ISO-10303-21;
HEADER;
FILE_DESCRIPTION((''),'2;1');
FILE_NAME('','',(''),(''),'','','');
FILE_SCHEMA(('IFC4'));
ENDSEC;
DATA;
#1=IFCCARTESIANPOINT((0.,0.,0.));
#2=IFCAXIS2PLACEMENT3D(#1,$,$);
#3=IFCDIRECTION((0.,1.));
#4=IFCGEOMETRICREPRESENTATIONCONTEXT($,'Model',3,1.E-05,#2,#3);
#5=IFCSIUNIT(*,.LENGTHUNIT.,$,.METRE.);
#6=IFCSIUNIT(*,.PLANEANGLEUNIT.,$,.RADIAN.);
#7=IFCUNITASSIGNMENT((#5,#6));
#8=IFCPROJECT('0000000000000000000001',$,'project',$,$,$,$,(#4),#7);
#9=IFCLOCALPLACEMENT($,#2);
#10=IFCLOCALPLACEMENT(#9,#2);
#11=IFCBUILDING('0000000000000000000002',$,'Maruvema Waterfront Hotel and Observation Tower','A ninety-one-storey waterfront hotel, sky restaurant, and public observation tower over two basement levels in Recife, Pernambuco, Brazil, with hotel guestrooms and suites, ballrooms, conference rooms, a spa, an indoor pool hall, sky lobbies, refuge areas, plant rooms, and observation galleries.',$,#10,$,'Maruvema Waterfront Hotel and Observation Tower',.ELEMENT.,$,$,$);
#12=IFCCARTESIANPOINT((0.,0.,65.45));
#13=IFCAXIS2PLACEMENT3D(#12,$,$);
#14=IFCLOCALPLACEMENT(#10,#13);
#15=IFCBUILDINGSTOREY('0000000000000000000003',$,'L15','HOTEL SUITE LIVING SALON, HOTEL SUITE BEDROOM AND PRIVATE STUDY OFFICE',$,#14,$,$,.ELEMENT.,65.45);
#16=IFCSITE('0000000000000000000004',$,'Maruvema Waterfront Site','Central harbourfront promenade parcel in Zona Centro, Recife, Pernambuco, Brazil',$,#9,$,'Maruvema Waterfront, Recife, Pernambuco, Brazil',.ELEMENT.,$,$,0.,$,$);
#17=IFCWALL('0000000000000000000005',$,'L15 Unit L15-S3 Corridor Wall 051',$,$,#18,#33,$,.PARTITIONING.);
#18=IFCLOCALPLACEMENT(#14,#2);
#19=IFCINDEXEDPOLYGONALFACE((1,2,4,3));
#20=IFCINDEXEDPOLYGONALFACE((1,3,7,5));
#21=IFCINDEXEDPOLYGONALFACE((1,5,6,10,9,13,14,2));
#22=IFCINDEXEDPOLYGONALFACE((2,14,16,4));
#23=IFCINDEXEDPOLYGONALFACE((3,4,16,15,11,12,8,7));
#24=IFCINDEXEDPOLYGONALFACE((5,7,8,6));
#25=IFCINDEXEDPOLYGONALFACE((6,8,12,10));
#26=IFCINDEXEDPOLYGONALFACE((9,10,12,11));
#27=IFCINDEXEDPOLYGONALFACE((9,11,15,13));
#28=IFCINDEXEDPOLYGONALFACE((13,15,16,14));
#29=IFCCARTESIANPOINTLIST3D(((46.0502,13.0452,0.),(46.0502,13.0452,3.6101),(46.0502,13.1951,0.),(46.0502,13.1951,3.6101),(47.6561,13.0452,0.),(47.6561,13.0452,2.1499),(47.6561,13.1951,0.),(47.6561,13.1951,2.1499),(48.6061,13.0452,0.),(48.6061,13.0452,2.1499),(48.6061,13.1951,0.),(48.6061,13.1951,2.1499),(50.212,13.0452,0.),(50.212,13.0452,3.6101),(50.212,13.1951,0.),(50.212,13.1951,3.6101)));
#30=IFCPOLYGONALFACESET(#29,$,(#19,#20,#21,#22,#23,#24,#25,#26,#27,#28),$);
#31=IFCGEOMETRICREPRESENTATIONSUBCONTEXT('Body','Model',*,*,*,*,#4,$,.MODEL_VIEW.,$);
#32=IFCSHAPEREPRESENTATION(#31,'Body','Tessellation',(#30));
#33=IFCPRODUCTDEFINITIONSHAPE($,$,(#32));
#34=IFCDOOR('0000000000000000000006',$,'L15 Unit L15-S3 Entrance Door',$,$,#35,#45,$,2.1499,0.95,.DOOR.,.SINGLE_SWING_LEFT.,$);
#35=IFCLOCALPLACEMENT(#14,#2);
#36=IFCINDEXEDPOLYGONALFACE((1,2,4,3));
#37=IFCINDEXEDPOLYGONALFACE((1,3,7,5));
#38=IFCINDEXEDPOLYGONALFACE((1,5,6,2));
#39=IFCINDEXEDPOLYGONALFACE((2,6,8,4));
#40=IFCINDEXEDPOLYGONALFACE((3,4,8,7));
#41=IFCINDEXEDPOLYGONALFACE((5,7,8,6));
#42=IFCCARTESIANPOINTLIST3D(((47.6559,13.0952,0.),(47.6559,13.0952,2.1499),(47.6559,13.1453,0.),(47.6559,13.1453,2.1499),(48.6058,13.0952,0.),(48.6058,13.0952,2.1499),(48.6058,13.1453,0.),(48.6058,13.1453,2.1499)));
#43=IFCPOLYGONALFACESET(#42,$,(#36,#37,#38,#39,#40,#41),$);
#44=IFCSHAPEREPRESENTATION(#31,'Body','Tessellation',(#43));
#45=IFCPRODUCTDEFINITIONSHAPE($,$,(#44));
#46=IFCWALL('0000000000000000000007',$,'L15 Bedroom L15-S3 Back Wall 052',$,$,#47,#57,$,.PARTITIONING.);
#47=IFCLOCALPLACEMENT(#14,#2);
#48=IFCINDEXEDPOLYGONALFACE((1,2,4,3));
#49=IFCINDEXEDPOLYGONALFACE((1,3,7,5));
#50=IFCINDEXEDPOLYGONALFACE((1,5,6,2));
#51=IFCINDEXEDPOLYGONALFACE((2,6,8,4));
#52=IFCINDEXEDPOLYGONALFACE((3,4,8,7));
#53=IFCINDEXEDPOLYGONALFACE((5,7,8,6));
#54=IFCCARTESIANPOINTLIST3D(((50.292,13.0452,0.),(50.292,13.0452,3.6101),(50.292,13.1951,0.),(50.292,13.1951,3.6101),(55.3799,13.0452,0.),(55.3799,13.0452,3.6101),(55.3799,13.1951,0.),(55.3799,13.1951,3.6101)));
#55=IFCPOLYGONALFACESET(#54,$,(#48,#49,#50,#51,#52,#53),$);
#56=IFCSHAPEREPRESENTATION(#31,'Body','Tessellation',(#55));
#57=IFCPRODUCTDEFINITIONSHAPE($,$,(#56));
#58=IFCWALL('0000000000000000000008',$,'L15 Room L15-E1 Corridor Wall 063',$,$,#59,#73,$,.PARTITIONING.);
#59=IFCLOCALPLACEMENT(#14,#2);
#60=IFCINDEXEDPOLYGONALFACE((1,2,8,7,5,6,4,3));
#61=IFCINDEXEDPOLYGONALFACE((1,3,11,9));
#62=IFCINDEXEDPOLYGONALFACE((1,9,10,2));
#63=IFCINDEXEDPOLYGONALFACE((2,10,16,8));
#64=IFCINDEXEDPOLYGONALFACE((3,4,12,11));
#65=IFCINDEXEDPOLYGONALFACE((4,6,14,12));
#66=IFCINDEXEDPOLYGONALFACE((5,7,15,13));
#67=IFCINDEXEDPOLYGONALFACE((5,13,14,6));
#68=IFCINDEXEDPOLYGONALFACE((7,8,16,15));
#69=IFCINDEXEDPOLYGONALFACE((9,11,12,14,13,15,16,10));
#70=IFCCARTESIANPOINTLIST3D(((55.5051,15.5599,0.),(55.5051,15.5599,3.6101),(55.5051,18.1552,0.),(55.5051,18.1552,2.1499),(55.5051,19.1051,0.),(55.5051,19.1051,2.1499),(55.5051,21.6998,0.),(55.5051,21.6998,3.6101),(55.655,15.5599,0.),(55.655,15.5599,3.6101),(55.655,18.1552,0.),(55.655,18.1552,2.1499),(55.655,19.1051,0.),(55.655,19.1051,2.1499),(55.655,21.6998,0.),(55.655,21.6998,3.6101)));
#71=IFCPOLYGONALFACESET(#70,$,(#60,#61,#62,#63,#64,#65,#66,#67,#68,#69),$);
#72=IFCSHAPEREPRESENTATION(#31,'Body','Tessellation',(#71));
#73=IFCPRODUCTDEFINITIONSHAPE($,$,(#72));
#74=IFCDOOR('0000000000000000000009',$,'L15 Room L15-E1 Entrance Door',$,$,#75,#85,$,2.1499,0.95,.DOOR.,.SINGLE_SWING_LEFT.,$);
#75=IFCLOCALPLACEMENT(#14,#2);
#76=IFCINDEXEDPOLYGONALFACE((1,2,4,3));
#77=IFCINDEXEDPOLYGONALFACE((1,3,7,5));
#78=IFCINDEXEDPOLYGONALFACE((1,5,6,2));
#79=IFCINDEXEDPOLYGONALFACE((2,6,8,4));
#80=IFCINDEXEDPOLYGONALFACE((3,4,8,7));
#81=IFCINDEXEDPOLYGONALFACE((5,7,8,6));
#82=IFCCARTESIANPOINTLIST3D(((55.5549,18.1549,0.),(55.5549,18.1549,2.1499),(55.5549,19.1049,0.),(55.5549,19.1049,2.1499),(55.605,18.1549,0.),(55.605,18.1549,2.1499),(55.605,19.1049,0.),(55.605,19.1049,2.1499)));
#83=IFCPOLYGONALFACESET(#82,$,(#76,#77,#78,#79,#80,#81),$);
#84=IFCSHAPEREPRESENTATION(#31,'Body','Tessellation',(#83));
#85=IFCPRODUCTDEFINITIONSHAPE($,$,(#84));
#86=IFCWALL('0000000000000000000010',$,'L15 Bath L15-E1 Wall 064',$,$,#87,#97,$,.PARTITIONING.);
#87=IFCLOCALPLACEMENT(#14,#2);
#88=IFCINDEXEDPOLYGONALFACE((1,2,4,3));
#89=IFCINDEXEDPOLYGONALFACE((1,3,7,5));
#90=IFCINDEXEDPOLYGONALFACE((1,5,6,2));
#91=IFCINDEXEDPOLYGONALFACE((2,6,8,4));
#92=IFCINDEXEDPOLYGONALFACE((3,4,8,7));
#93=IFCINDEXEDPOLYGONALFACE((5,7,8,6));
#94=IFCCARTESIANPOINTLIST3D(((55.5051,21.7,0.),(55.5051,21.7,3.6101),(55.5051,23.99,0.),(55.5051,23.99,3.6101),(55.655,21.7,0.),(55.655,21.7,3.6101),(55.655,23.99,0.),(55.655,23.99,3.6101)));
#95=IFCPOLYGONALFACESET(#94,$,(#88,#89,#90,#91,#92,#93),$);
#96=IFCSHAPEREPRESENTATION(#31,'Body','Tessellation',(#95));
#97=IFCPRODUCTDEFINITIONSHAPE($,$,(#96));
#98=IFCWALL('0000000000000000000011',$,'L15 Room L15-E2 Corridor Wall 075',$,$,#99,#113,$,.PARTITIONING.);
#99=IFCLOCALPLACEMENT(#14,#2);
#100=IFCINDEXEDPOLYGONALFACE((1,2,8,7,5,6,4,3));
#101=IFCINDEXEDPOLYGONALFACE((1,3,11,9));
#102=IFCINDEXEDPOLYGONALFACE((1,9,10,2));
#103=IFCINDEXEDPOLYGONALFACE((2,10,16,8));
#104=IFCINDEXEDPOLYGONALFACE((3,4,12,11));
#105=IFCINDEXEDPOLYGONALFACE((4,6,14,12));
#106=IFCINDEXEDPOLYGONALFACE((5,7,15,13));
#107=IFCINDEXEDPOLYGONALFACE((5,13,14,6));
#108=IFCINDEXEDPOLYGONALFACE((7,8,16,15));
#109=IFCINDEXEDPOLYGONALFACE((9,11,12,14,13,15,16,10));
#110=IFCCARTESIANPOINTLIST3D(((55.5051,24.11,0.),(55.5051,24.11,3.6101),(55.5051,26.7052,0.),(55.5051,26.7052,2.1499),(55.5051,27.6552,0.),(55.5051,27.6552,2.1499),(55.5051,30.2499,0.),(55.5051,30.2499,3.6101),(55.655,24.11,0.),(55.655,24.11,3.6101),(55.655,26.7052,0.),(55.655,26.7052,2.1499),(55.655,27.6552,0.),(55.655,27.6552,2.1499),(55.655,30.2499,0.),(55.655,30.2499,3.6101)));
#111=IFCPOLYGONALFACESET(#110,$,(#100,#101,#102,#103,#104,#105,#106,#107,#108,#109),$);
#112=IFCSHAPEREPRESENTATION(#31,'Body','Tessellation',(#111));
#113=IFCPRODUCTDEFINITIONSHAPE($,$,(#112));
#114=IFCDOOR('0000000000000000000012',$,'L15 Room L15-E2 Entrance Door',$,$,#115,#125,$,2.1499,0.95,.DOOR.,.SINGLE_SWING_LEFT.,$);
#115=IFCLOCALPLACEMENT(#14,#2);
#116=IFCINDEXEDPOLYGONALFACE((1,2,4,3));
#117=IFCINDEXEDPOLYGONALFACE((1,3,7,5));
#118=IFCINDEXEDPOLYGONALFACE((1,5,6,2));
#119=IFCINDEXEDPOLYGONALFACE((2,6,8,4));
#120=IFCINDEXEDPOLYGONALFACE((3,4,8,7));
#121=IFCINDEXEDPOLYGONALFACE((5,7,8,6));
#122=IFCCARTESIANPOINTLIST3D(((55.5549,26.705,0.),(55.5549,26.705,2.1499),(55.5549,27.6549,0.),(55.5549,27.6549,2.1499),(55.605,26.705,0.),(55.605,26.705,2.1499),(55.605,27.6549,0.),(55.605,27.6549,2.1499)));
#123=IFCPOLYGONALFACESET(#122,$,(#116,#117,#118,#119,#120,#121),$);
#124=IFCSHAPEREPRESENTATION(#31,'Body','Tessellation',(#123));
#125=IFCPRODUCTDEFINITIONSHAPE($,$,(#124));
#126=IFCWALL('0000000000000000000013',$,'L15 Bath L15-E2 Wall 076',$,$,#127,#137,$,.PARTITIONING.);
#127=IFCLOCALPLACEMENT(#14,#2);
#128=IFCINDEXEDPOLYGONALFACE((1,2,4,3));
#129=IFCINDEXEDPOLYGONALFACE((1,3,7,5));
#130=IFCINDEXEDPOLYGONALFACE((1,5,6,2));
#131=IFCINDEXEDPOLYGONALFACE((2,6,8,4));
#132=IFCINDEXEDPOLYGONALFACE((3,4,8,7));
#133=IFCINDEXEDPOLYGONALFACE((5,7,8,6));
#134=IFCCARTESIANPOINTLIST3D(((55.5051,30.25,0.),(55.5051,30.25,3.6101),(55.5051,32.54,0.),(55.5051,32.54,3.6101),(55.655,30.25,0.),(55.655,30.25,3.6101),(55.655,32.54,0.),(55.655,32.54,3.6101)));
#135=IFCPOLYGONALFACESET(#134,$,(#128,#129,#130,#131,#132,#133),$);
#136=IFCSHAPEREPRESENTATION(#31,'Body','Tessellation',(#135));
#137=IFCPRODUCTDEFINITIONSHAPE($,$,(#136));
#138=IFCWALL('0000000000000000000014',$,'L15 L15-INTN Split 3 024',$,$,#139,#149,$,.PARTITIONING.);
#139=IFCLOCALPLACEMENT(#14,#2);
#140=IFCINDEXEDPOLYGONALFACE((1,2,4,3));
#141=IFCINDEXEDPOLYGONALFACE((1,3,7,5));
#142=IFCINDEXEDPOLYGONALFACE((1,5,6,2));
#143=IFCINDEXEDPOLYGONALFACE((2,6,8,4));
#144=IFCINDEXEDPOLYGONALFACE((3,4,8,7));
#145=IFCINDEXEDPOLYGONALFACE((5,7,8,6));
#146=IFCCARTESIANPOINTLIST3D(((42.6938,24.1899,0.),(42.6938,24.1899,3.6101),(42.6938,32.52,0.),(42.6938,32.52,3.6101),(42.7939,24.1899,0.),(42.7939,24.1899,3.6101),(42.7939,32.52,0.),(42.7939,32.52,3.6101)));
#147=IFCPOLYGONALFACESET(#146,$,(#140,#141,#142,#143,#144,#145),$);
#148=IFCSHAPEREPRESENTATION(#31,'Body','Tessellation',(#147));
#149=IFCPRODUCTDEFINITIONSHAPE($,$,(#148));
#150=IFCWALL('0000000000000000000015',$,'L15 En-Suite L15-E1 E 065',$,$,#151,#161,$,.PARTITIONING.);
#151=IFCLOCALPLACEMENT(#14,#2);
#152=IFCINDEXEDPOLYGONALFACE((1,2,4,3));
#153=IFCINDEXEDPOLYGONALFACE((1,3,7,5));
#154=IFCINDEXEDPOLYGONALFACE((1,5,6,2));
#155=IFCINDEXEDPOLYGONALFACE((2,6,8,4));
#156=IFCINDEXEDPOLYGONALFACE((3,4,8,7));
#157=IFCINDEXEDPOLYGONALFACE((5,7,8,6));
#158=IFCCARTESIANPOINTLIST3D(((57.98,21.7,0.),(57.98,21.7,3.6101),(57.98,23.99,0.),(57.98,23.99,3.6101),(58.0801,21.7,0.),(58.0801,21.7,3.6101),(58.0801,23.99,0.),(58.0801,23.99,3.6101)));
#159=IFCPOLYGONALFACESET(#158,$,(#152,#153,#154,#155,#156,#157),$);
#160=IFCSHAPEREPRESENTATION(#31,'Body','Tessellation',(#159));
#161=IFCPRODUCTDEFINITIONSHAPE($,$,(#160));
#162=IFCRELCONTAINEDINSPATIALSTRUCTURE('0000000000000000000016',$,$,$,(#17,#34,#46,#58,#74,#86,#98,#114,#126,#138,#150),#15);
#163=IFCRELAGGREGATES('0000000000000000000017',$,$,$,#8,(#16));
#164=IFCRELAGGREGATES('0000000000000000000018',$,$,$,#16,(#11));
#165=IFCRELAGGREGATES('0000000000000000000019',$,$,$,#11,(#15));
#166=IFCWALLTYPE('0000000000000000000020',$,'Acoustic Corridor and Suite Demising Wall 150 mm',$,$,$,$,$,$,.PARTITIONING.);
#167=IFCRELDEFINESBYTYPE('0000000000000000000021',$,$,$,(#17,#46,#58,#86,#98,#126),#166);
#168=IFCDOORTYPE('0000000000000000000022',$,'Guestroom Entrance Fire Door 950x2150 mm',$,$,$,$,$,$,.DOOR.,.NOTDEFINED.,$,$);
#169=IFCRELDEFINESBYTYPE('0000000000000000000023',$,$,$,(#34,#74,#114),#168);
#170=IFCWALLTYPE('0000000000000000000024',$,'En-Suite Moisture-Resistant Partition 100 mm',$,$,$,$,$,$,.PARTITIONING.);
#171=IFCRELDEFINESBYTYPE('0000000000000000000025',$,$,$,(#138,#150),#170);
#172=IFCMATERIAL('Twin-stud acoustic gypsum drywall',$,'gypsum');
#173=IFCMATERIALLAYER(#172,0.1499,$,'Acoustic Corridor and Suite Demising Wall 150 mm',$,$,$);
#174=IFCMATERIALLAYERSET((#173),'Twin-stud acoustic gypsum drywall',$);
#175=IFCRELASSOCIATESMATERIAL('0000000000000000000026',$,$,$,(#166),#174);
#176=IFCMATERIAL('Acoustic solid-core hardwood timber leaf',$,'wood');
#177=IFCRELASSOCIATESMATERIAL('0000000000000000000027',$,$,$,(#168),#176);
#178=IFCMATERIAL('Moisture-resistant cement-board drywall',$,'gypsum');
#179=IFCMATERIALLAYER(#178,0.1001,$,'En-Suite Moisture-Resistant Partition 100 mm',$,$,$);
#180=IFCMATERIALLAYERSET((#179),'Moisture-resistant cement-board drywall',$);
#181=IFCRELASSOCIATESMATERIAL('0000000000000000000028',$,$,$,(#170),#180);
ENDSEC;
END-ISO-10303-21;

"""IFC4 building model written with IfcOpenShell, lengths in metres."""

from ifc_helpers import new_model, si_unit, direction, frame, frame_2d, origin, place, context, subcontext, project, spatial, rectangle, extrude, material, layer, layer_set, type_object, element, fill, save


model = new_model("IFC4")

# Units and contexts
model_context = context("Model", 3, precision=1e-05, world=origin(), true_north=direction((0.0, 1.0)))
body_context = subcontext(model_context, "Body", "Model", "MODEL_VIEW")
ifc_project = project(units=[si_unit("LENGTHUNIT", "METRE"), si_unit("PLANEANGLEUNIT", "RADIAN")], contexts=[model_context])

# Site, building, storey
site_placement = place(None, origin())
site = spatial("IfcSite", under=ifc_project, at=site_placement, Name="Maruvema Waterfront Site", Description="Central harbourfront promenade parcel in Zona Centro, Recife, Pernambuco, Brazil", LongName="Maruvema Waterfront, Recife, Pernambuco, Brazil", CompositionType="ELEMENT", RefElevation=0.0)
building_placement = place(site_placement, origin())
building = spatial("IfcBuilding", under=site, at=building_placement, Name="Maruvema Waterfront Hotel and Observation Tower", Description="A ninety-one-storey waterfront hotel, sky restaurant, and public observation tower over two basement levels in Recife, Pernambuco, Brazil, with hotel guestrooms and suites, ballrooms, conference rooms, a spa, an indoor pool hall, sky lobbies, refuge areas, plant rooms, and observation galleries.", LongName="Maruvema Waterfront Hotel and Observation Tower", CompositionType="ELEMENT")
storey_placement = place(building_placement, frame((0.0, 0.0, 65.45)))
storey = spatial("IfcBuildingStorey", under=building, at=storey_placement, Name="L15", Description="HOTEL SUITE LIVING SALON, HOTEL SUITE BEDROOM AND PRIVATE STUDY OFFICE", CompositionType="ELEMENT", Elevation=65.45)

# Shared definitions
ifc_material_1 = material(Name="Twin-stud acoustic gypsum drywall", Category="gypsum")
ifc_layer_1 = layer(ifc_material_1, 0.1499, Name="Acoustic Corridor and Suite Demising Wall 150 mm")
ifc_layer_set_1 = layer_set([ifc_layer_1], Name="Twin-stud acoustic gypsum drywall")
wall_type_1 = type_object("IfcWallType", Name="Acoustic Corridor and Suite Demising Wall 150 mm", PredefinedType="PARTITIONING", material=ifc_layer_set_1)

# Wall, opening, door
wall_1_placement = place(storey_placement, frame((46.05, 13.1201, 0.0), z_axis=(0.0, 0.0, 1.0), x_axis=(1.0, 0.0, 0.0)))
wall_1 = element("IfcWall", 1, at=wall_1_placement, inside=storey, type_object=wall_type_1, Name="L15 Unit L15-S3 Corridor Wall 051", PredefinedType="PARTITIONING", context=body_context, shape_type="SweptSolid", body=[
    extrude(rectangle(XDim=4.1619, YDim=0.1499, at=frame_2d((2.0811, 0.0))), origin(), (0.0, 0.0, 1.0), 3.6101),
])
opening_1_placement = place(wall_1_placement, frame((1.606, 0.0, 0.0)))
opening_1 = element("IfcOpeningElement", 2, at=opening_1_placement, cuts=wall_1, PredefinedType="OPENING", context=body_context, shape_type="SweptSolid", body=[
    extrude(rectangle(XDim=0.95, YDim=2.1499, at=frame_2d((0.4751, 1.075))), frame((0.0, 0.085, 0.0), z_axis=(0.0, -1.0, 0.0), x_axis=(1.0, 0.0, 0.0)), (0.0, 0.0, 1.0), 0.1699),
])
ifc_material_2 = material(Name="Acoustic solid-core hardwood timber leaf", Category="wood")
door_type_1 = type_object("IfcDoorType", Name="Guestroom Entrance Fire Door 950x2150 mm", OperationType="NOTDEFINED", PredefinedType="DOOR", material=ifc_material_2)
door_1_placement = place(opening_1_placement, frame((0.95, 0.0, 0.0), z_axis=(0.0, 0.0, 1.0), x_axis=(-1.0, 0.0, 0.0)))
door_1 = element("IfcDoor", 3, at=door_1_placement, inside=storey, type_object=door_type_1, Name="L15 Unit L15-S3 Entrance Door", OperationType="SINGLE_SWING_LEFT", OverallHeight=2.1499, OverallWidth=0.95, PredefinedType="DOOR", context=body_context, shape_type="SweptSolid", body=[
    extrude(rectangle(XDim=0.95, YDim=2.1499, at=frame_2d((0.4751, 1.075))), frame((0.0, 0.0249, 0.0), z_axis=(0.0, -1.0, 0.0), x_axis=(1.0, 0.0, 0.0)), (0.0, 0.0, 1.0), 0.05),
])
fill(opening_1, door_1)

# Wall
wall_2_placement = place(storey_placement, frame((50.292, 13.1201, 0.0), z_axis=(0.0, 0.0, 1.0), x_axis=(1.0, 0.0, 0.0)))
element("IfcWall", 4, at=wall_2_placement, inside=storey, type_object=wall_type_1, Name="L15 Bedroom L15-S3 Back Wall 052", PredefinedType="PARTITIONING", context=body_context, shape_type="SweptSolid", body=[
    extrude(rectangle(XDim=5.0879, YDim=0.1499, at=frame_2d((2.5439, 0.0))), origin(), (0.0, 0.0, 1.0), 3.6101),
])

# Wall, opening, door
wall_3_placement = place(storey_placement, frame((55.5801, 15.5601, 0.0), z_axis=(0.0, 0.0, 1.0), x_axis=(0.0, 1.0, 0.0)))
wall_3 = element("IfcWall", 5, at=wall_3_placement, inside=storey, type_object=wall_type_1, Name="L15 Room L15-E1 Corridor Wall 063", PredefinedType="PARTITIONING", context=body_context, shape_type="SweptSolid", body=[
    extrude(rectangle(XDim=6.1399, YDim=0.1499, at=frame_2d((3.0698, 0.0))), origin(), (0.0, 0.0, 1.0), 3.6101),
])
opening_2_placement = place(wall_3_placement, frame((2.595, 0.0, 0.0)))
opening_2 = element("IfcOpeningElement", 6, at=opening_2_placement, cuts=wall_3, PredefinedType="OPENING", context=body_context, shape_type="SweptSolid", body=[
    extrude(rectangle(XDim=0.95, YDim=2.1499, at=frame_2d((0.4751, 1.075))), frame((0.0, 0.085, 0.0), z_axis=(0.0, -1.0, 0.0), x_axis=(1.0, 0.0, 0.0)), (0.0, 0.0, 1.0), 0.1699),
])
door_2_placement = place(opening_2_placement, frame((0.95, 0.0, 0.0), z_axis=(0.0, 0.0, 1.0), x_axis=(-1.0, 0.0, 0.0)))
door_2 = element("IfcDoor", 7, at=door_2_placement, inside=storey, type_object=door_type_1, Name="L15 Room L15-E1 Entrance Door", OperationType="SINGLE_SWING_LEFT", OverallHeight=2.1499, OverallWidth=0.95, PredefinedType="DOOR", context=body_context, shape_type="SweptSolid", body=[
    extrude(rectangle(XDim=0.95, YDim=2.1499, at=frame_2d((0.4751, 1.075))), frame((0.0, 0.0249, 0.0), z_axis=(0.0, -1.0, 0.0), x_axis=(1.0, 0.0, 0.0)), (0.0, 0.0, 1.0), 0.05),
])
fill(opening_2, door_2)

# Wall
wall_4_placement = place(storey_placement, frame((55.5801, 21.7, 0.0), z_axis=(0.0, 0.0, 1.0), x_axis=(0.0, 1.0, 0.0)))
element("IfcWall", 8, at=wall_4_placement, inside=storey, type_object=wall_type_1, Name="L15 Bath L15-E1 Wall 064", PredefinedType="PARTITIONING", context=body_context, shape_type="SweptSolid", body=[
    extrude(rectangle(XDim=2.29, YDim=0.1499, at=frame_2d((1.145, 0.0))), origin(), (0.0, 0.0, 1.0), 3.6101),
])

# Wall, opening, door
wall_5_placement = place(storey_placement, frame((55.5801, 24.1101, 0.0), z_axis=(0.0, 0.0, 1.0), x_axis=(0.0, 1.0, 0.0)))
wall_5 = element("IfcWall", 9, at=wall_5_placement, inside=storey, type_object=wall_type_1, Name="L15 Room L15-E2 Corridor Wall 075", PredefinedType="PARTITIONING", context=body_context, shape_type="SweptSolid", body=[
    extrude(rectangle(XDim=6.1399, YDim=0.1499, at=frame_2d((3.0698, 0.0))), origin(), (0.0, 0.0, 1.0), 3.6101),
])
opening_3_placement = place(wall_5_placement, frame((2.595, 0.0, 0.0)))
opening_3 = element("IfcOpeningElement", 10, at=opening_3_placement, cuts=wall_5, PredefinedType="OPENING", context=body_context, shape_type="SweptSolid", body=[
    extrude(rectangle(XDim=0.95, YDim=2.1499, at=frame_2d((0.4751, 1.075))), frame((0.0, 0.085, 0.0), z_axis=(0.0, -1.0, 0.0), x_axis=(1.0, 0.0, 0.0)), (0.0, 0.0, 1.0), 0.1699),
])
door_3_placement = place(opening_3_placement, frame((0.95, 0.0, 0.0), z_axis=(0.0, 0.0, 1.0), x_axis=(-1.0, 0.0, 0.0)))
door_3 = element("IfcDoor", 11, at=door_3_placement, inside=storey, type_object=door_type_1, Name="L15 Room L15-E2 Entrance Door", OperationType="SINGLE_SWING_LEFT", OverallHeight=2.1499, OverallWidth=0.95, PredefinedType="DOOR", context=body_context, shape_type="SweptSolid", body=[
    extrude(rectangle(XDim=0.95, YDim=2.1499, at=frame_2d((0.4751, 1.075))), frame((0.0, 0.0249, 0.0), z_axis=(0.0, -1.0, 0.0), x_axis=(1.0, 0.0, 0.0)), (0.0, 0.0, 1.0), 0.05),
])
fill(opening_3, door_3)

# Walls
wall_6_placement = place(storey_placement, frame((55.5801, 30.25, 0.0), z_axis=(0.0, 0.0, 1.0), x_axis=(0.0, 1.0, 0.0)))
element("IfcWall", 12, at=wall_6_placement, inside=storey, type_object=wall_type_1, Name="L15 Bath L15-E2 Wall 076", PredefinedType="PARTITIONING", context=body_context, shape_type="SweptSolid", body=[
    extrude(rectangle(XDim=2.29, YDim=0.1499, at=frame_2d((1.145, 0.0))), origin(), (0.0, 0.0, 1.0), 3.6101),
])
ifc_material_3 = material(Name="Moisture-resistant cement-board drywall", Category="gypsum")
ifc_layer_2 = layer(ifc_material_3, 0.1001, Name="En-Suite Moisture-Resistant Partition 100 mm")
ifc_layer_set_2 = layer_set([ifc_layer_2], Name="Moisture-resistant cement-board drywall")
wall_type_2 = type_object("IfcWallType", Name="En-Suite Moisture-Resistant Partition 100 mm", PredefinedType="PARTITIONING", material=ifc_layer_set_2)
wall_7_placement = place(storey_placement, frame((42.7439, 24.1899, 0.0), z_axis=(0.0, 0.0, 1.0), x_axis=(0.0, 1.0, 0.0)))
element("IfcWall", 13, at=wall_7_placement, inside=storey, type_object=wall_type_2, Name="L15 L15-INTN Split 3 024", PredefinedType="PARTITIONING", context=body_context, shape_type="SweptSolid", body=[
    extrude(rectangle(XDim=8.3301, YDim=0.1001, at=frame_2d((4.165, 0.0))), origin(), (0.0, 0.0, 1.0), 3.6101),
])
wall_8_placement = place(storey_placement, frame((58.03, 21.7, 0.0), z_axis=(0.0, 0.0, 1.0), x_axis=(0.0, 1.0, 0.0)))
element("IfcWall", 14, at=wall_8_placement, inside=storey, type_object=wall_type_2, Name="L15 En-Suite L15-E1 E 065", PredefinedType="PARTITIONING", context=body_context, shape_type="SweptSolid", body=[
    extrude(rectangle(XDim=2.29, YDim=0.1001, at=frame_2d((1.145, 0.0))), origin(), (0.0, 0.0, 1.0), 3.6101),
])

save(model, "model.ifc")
